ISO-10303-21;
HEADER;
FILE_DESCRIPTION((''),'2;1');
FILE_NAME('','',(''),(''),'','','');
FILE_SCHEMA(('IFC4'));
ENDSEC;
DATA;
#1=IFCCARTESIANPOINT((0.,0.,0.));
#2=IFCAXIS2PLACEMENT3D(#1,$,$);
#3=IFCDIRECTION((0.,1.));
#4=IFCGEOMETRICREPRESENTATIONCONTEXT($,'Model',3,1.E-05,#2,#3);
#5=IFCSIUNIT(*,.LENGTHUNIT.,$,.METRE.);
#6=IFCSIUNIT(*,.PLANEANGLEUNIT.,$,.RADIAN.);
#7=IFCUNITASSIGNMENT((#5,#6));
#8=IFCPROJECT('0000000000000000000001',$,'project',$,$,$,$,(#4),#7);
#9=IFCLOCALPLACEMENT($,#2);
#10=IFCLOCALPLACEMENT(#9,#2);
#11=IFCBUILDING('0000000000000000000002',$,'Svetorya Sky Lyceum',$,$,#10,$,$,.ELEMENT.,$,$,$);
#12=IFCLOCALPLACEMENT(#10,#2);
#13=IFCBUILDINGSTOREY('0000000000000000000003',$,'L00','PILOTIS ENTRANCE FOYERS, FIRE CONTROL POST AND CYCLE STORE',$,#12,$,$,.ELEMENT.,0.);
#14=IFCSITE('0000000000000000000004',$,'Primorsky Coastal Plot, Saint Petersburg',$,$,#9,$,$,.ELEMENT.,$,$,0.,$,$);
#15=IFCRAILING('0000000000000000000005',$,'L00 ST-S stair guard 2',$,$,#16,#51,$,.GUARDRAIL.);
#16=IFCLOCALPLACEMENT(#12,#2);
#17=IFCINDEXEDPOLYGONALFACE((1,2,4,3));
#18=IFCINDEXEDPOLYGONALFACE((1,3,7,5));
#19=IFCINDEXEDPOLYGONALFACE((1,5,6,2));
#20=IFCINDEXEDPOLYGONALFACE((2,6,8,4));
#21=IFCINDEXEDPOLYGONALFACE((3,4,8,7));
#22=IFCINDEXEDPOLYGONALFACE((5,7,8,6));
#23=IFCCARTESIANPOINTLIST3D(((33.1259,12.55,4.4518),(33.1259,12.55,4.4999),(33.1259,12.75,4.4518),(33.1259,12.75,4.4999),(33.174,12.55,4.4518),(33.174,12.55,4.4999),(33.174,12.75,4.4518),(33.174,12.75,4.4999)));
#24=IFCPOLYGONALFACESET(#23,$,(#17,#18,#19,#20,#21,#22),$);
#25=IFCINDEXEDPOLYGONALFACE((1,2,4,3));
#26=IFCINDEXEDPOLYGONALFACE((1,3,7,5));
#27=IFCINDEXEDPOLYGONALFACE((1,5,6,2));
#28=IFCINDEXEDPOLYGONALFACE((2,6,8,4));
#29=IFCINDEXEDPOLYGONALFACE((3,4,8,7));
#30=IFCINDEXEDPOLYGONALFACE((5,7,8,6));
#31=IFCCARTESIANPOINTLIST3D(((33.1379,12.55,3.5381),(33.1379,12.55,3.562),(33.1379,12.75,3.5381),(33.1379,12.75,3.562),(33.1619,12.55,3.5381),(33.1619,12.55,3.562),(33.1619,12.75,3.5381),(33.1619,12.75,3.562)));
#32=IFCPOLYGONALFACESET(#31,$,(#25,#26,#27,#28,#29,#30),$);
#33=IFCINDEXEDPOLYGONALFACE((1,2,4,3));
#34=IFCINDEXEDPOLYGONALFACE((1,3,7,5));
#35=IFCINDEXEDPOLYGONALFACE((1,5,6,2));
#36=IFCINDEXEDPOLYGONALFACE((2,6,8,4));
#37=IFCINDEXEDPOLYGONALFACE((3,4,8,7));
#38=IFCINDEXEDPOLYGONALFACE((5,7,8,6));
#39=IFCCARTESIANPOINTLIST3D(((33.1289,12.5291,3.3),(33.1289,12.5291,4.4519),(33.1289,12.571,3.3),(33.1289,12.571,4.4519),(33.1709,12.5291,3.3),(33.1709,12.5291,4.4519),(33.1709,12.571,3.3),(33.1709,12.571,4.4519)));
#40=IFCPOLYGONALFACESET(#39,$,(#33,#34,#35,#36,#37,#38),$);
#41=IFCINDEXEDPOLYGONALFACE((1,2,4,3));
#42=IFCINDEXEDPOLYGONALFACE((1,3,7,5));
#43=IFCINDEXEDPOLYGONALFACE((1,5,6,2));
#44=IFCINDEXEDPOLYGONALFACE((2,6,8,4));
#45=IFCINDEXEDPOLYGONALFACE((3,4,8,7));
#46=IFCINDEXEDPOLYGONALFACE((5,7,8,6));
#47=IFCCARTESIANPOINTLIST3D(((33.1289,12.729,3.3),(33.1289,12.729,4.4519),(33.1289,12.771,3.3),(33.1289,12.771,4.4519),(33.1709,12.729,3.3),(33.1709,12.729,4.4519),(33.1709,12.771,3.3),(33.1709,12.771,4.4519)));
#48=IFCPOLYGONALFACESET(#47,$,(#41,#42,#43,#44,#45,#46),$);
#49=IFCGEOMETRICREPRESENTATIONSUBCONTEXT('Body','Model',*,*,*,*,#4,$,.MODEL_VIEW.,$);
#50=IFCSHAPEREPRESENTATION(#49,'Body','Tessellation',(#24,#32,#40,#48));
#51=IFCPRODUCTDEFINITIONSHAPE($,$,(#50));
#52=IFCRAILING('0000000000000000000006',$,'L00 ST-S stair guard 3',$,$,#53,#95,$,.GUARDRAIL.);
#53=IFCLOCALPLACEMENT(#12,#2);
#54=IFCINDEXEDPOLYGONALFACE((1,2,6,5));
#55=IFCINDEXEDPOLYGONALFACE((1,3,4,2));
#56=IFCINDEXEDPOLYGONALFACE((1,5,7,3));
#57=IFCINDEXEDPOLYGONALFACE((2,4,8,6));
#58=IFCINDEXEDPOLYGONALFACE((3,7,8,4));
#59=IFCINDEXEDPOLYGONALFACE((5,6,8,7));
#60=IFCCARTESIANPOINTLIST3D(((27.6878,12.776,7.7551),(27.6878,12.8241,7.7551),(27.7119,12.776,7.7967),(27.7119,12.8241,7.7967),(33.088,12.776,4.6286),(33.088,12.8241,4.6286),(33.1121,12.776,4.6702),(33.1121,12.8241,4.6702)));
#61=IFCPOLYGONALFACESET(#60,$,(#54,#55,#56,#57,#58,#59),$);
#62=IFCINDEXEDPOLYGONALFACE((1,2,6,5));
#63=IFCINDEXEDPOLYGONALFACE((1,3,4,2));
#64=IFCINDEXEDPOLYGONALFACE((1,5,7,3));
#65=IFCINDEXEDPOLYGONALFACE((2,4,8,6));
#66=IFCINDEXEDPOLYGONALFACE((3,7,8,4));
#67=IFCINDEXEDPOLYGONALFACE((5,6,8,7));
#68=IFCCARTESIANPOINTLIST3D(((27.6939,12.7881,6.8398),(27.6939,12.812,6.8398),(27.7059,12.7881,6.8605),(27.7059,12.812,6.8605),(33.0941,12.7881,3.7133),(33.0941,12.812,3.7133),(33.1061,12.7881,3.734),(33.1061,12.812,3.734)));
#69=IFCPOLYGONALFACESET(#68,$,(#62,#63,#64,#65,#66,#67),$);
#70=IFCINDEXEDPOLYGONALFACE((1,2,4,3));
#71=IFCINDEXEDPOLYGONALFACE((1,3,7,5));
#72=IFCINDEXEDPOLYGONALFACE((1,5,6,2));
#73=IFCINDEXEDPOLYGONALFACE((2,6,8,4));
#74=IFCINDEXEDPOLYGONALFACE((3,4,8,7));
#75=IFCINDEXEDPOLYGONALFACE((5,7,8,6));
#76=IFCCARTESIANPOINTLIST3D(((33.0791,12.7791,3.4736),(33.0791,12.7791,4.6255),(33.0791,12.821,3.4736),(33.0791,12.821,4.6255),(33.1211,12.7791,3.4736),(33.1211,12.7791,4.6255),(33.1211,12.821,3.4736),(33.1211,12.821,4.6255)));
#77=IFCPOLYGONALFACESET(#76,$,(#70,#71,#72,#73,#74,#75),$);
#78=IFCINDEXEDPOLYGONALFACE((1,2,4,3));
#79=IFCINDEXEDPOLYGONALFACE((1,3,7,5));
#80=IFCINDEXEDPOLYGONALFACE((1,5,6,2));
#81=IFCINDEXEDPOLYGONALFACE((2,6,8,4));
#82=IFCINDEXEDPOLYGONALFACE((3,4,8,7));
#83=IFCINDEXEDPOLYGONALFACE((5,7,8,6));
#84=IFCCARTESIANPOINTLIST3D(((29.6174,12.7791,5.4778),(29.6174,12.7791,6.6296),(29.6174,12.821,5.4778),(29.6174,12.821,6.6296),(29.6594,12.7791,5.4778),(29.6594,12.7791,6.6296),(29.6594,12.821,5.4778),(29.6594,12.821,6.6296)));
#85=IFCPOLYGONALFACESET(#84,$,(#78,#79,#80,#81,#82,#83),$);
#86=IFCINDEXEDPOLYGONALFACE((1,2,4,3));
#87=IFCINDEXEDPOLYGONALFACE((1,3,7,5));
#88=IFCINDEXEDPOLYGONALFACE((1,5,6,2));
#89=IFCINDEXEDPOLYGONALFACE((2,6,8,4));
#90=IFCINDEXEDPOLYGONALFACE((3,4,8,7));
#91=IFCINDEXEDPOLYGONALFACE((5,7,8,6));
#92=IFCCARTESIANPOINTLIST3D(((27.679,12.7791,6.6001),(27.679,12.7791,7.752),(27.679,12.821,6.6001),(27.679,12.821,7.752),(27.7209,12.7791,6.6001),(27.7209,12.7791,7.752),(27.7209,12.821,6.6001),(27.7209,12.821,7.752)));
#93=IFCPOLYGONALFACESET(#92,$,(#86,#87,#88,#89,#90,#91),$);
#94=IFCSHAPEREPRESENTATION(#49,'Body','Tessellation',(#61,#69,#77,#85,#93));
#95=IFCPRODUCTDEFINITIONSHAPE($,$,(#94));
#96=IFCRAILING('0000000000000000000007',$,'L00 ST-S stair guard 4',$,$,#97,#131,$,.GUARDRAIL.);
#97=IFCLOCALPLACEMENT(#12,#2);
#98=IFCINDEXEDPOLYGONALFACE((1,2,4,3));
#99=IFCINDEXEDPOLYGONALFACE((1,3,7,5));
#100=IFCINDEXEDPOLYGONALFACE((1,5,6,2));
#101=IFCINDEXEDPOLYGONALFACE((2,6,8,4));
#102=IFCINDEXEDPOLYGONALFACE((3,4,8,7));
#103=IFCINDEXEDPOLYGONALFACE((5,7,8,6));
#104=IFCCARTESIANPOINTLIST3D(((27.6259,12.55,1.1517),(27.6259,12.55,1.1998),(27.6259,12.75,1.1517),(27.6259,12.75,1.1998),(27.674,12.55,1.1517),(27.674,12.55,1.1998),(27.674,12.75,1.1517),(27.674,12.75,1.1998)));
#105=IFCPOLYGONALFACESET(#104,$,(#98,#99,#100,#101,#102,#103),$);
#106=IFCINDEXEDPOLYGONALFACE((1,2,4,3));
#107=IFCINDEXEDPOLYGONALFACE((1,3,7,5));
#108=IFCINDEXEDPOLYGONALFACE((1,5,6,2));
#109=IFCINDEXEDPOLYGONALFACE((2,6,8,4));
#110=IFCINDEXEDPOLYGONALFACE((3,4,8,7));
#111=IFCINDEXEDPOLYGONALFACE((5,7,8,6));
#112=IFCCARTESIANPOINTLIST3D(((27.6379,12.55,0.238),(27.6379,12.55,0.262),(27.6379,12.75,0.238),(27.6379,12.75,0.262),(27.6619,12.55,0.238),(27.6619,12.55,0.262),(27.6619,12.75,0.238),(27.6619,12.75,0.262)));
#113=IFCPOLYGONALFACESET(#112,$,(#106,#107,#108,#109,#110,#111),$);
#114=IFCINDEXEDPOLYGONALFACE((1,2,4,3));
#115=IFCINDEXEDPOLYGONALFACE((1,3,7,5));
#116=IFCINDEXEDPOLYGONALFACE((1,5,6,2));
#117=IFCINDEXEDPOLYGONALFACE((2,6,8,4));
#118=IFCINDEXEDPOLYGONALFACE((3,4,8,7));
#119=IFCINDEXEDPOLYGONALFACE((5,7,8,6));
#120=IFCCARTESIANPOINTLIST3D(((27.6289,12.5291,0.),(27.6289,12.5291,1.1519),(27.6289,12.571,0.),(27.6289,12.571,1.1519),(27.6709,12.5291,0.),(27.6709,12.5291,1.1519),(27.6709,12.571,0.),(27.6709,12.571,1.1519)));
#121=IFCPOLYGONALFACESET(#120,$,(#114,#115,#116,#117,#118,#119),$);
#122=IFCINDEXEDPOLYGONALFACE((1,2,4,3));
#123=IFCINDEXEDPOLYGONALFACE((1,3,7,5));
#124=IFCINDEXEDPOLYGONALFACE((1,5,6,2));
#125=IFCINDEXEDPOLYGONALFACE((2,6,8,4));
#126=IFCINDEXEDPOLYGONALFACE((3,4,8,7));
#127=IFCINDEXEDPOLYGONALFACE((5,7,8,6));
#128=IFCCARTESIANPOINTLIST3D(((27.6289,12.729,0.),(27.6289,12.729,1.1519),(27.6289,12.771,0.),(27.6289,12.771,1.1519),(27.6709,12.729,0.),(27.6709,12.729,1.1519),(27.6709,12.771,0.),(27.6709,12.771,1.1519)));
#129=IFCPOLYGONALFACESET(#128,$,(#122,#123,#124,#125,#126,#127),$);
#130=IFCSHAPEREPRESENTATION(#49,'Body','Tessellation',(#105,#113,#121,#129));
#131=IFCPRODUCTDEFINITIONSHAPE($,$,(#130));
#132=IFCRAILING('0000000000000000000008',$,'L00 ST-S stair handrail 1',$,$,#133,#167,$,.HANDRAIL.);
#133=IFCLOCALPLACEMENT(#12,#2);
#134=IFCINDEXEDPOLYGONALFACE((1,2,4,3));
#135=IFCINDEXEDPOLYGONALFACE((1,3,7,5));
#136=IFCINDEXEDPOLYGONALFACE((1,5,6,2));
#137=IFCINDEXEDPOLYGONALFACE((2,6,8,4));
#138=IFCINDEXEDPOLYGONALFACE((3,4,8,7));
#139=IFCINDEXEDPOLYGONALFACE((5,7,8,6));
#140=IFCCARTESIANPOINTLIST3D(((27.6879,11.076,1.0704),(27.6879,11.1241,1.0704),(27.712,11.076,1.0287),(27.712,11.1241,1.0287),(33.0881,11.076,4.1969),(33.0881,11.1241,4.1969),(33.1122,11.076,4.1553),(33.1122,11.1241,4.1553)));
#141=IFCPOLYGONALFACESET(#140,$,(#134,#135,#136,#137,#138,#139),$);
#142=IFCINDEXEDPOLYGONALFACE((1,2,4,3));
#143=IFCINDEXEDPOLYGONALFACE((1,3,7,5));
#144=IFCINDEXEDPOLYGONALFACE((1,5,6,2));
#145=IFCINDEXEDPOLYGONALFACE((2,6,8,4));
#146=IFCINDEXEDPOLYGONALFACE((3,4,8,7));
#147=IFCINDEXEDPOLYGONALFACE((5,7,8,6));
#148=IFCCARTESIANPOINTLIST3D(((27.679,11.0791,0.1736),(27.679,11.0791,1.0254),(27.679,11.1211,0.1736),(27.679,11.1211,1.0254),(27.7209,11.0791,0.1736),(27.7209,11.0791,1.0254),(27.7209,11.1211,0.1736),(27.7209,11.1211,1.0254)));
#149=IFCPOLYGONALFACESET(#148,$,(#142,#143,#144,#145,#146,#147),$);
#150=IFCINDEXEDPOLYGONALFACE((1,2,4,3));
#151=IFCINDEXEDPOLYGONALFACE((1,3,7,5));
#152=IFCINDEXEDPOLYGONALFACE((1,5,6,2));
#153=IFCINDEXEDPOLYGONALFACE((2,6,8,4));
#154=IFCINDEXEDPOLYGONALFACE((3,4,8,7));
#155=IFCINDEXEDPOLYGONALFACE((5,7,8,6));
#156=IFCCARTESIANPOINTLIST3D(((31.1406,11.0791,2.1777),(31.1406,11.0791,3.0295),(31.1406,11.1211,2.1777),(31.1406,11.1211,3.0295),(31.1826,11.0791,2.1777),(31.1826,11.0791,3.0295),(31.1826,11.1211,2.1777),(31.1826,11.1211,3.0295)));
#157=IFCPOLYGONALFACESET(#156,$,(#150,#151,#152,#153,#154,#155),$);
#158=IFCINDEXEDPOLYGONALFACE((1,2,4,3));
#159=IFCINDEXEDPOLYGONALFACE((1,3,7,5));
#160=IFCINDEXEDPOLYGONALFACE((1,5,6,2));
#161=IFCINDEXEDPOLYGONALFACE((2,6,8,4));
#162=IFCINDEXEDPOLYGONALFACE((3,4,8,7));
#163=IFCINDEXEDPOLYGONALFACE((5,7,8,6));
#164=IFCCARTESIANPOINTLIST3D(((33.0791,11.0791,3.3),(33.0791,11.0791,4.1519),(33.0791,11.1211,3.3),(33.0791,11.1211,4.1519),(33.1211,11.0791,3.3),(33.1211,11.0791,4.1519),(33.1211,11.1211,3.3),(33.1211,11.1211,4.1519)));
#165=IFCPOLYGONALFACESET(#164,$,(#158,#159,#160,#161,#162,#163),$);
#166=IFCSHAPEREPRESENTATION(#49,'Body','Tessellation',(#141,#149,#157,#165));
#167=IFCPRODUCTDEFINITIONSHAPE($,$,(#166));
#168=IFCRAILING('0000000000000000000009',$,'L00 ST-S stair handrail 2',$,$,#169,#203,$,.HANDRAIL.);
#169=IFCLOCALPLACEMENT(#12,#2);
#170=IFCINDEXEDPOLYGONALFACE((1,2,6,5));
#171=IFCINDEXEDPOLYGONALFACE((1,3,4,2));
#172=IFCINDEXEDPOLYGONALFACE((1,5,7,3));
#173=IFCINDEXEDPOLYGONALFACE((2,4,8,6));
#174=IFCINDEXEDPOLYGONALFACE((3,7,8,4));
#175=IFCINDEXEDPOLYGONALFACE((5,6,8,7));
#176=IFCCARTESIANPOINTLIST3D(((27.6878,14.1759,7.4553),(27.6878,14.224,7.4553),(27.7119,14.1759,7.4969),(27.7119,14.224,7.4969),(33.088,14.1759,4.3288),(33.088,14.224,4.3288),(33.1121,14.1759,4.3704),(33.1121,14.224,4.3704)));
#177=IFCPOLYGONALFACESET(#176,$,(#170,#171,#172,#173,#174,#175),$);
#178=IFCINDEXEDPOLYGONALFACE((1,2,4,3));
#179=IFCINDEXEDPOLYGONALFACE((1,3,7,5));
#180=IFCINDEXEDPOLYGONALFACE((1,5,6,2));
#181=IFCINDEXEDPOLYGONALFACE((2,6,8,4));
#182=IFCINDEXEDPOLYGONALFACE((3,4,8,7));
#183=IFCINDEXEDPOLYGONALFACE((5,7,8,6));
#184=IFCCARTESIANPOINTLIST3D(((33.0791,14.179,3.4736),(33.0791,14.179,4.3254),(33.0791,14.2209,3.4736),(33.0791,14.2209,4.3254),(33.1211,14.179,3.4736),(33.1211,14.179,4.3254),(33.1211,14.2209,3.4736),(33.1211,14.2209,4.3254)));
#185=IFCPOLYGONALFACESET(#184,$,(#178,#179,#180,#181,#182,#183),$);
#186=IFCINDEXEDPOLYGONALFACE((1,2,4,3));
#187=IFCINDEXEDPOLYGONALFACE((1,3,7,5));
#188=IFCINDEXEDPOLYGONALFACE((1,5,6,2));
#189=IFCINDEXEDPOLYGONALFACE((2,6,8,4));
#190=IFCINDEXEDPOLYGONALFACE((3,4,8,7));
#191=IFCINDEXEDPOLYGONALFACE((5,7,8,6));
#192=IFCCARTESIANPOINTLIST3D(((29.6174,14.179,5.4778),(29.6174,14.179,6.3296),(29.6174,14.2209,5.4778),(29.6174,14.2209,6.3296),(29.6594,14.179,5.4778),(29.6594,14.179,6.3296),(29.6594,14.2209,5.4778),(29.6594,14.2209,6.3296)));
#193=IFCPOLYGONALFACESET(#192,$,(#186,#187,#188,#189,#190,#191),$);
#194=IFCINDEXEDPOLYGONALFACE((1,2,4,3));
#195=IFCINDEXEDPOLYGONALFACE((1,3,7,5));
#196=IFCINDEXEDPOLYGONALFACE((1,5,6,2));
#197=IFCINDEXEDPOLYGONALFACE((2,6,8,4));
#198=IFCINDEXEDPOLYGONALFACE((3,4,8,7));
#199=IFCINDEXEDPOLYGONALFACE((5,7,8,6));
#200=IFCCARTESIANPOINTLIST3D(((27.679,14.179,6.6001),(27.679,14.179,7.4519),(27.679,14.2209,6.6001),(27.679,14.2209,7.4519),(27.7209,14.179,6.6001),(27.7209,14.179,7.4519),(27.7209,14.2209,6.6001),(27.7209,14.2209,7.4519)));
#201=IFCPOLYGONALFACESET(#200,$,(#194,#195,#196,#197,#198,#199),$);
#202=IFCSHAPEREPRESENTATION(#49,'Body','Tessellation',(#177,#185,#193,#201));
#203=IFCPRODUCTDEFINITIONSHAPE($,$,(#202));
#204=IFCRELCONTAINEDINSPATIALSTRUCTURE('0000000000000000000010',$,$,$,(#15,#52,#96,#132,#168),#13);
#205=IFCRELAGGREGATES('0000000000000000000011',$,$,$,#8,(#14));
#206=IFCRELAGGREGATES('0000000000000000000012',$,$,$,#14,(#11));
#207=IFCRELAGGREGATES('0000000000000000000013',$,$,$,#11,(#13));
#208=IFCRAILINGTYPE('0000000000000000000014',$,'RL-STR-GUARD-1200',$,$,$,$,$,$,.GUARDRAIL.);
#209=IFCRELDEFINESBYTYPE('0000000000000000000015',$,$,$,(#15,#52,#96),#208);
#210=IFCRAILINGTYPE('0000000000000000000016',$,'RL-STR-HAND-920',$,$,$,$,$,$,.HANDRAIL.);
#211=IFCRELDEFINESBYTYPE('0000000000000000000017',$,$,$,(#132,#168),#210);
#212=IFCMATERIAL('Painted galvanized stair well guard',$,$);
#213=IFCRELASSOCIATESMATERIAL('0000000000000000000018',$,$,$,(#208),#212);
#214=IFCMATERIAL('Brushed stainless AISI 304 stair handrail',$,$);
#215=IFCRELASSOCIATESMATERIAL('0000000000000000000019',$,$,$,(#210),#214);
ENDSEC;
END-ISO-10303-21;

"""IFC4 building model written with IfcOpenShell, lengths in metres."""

from ifc_helpers import new_model, si_unit, direction, frame, origin, origin_2d, place, context, subcontext, project, spatial, rectangle, extrude, material, type_object, element, save


model = new_model("IFC4")

# Units and contexts
model_context = context("Model", 3, precision=1e-05, world=origin(), true_north=direction((0.0, 1.0)))
body_context = subcontext(model_context, "Body", "Model", "MODEL_VIEW")
ifc_project = project(units=[si_unit("LENGTHUNIT", "METRE"), si_unit("PLANEANGLEUNIT", "RADIAN")], contexts=[model_context])

# Site, building, storey
site_placement = place(None, origin())
site = spatial("IfcSite", under=ifc_project, at=site_placement, Name="Primorsky Coastal Plot, Saint Petersburg", CompositionType="ELEMENT", RefElevation=0.0)
building_placement = place(site_placement, origin())
building = spatial("IfcBuilding", under=site, at=building_placement, Name="Svetorya Sky Lyceum", CompositionType="ELEMENT")
storey_placement = place(building_placement, origin())
storey = spatial("IfcBuildingStorey", under=building, at=storey_placement, Name="L00", Description="PILOTIS ENTRANCE FOYERS, FIRE CONTROL POST AND CYCLE STORE", CompositionType="ELEMENT", Elevation=0.0)

# Railings
ifc_material_1 = material(Name="Painted galvanized stair well guard")
railing_type_1 = type_object("IfcRailingType", Name="RL-STR-GUARD-1200", PredefinedType="GUARDRAIL", material=ifc_material_1)
railing_1_placement = place(storey_placement, frame((33.1499, 12.55, 3.3)))
element("IfcRailing", 1, at=railing_1_placement, inside=storey, type_object=railing_type_1, Name="L00 ST-S stair guard 2", PredefinedType="GUARDRAIL", context=body_context, shape_type="SweptSolid", body=[
    extrude(rectangle(XDim=0.0481, YDim=0.0481, at=origin_2d()), frame((0.0, 0.0, 1.1758), z_axis=(0.0, 1.0, 0.0), x_axis=(-1.0, 0.0, 0.0)), (0.0, 0.0, 1.0), 0.2),
    extrude(rectangle(XDim=0.0239, YDim=0.0239, at=origin_2d()), frame((0.0, 0.0, 0.25), z_axis=(0.0, 1.0, 0.0), x_axis=(-1.0, 0.0, 0.0)), (0.0, 0.0, 1.0), 0.2),
    extrude(rectangle(XDim=0.042, YDim=0.042, at=origin_2d()), origin(), (0.0, 0.0, 1.0), 1.1519),
    extrude(rectangle(XDim=0.042, YDim=0.042, at=origin_2d()), frame((0.0, 0.2, 0.0)), (0.0, 0.0, 1.0), 1.1519),
])
railing_2_placement = place(storey_placement, frame((33.1001, 12.8, 3.4736)))
element("IfcRailing", 2, at=railing_2_placement, inside=storey, type_object=railing_type_1, Name="L00 ST-S stair guard 3", PredefinedType="GUARDRAIL", context=body_context, shape_type="SweptSolid", body=[
    extrude(rectangle(XDim=0.0481, YDim=0.0481, at=origin_2d()), frame((0.0, 0.0, 1.1758), z_axis=(-0.865422, 0.0, 0.501044), x_axis=(0.0, -1.0, 0.0)), (0.0, 0.0, 1.0), 6.24),
    extrude(rectangle(XDim=0.0239, YDim=0.0239, at=origin_2d()), frame((0.0, 0.0, 0.25), z_axis=(-0.865422, 0.0, 0.501044), x_axis=(0.0, -1.0, 0.0)), (0.0, 0.0, 1.0), 6.24),
    extrude(rectangle(XDim=0.042, YDim=0.042, at=origin_2d()), origin(), (0.0, 0.0, 1.0), 1.1519),
    extrude(rectangle(XDim=0.042, YDim=0.042, at=origin_2d()), frame((-3.4617, 0.0, 2.0042)), (0.0, 0.0, 1.0), 1.1519),
    extrude(rectangle(XDim=0.042, YDim=0.042, at=origin_2d()), frame((-5.4001, 0.0, 3.1265)), (0.0, 0.0, 1.0), 1.1519),
])
railing_3_placement = place(storey_placement, frame((27.6499, 12.55, 0.0)))
element("IfcRailing", 3, at=railing_3_placement, inside=storey, type_object=railing_type_1, Name="L00 ST-S stair guard 4", PredefinedType="GUARDRAIL", context=body_context, shape_type="SweptSolid", body=[
    extrude(rectangle(XDim=0.0481, YDim=0.0481, at=origin_2d()), frame((0.0, 0.0, 1.1758), z_axis=(0.0, 1.0, 0.0), x_axis=(-1.0, 0.0, 0.0)), (0.0, 0.0, 1.0), 0.2),
    extrude(rectangle(XDim=0.0239, YDim=0.0239, at=origin_2d()), frame((0.0, 0.0, 0.25), z_axis=(0.0, 1.0, 0.0), x_axis=(-1.0, 0.0, 0.0)), (0.0, 0.0, 1.0), 0.2),
    extrude(rectangle(XDim=0.042, YDim=0.042, at=origin_2d()), origin(), (0.0, 0.0, 1.0), 1.1519),
    extrude(rectangle(XDim=0.042, YDim=0.042, at=origin_2d()), frame((0.0, 0.2, 0.0)), (0.0, 0.0, 1.0), 1.1519),
])
ifc_material_2 = material(Name="Brushed stainless AISI 304 stair handrail")
railing_type_2 = type_object("IfcRailingType", Name="RL-STR-HAND-920", PredefinedType="HANDRAIL", material=ifc_material_2)
railing_4_placement = place(storey_placement, frame((27.7, 11.1001, 0.1736)))
element("IfcRailing", 4, at=railing_4_placement, inside=storey, type_object=railing_type_2, Name="L00 ST-S stair handrail 1", PredefinedType="HANDRAIL", context=body_context, shape_type="SweptSolid", body=[
    extrude(rectangle(XDim=0.0481, YDim=0.0481, at=origin_2d()), frame((0.0, 0.0, 0.876), z_axis=(0.865422, 0.0, 0.501044), x_axis=(0.0, 1.0, 0.0)), (0.0, 0.0, 1.0), 6.24),
    extrude(rectangle(XDim=0.042, YDim=0.042, at=origin_2d()), origin(), (0.0, 0.0, 1.0), 0.8518),
    extrude(rectangle(XDim=0.042, YDim=0.042, at=origin_2d()), frame((3.4617, 0.0, 2.0042)), (0.0, 0.0, 1.0), 0.8518),
    extrude(rectangle(XDim=0.042, YDim=0.042, at=origin_2d()), frame((5.4001, 0.0, 3.1265)), (0.0, 0.0, 1.0), 0.8518),
])
railing_5_placement = place(storey_placement, frame((33.1001, 14.2, 3.4736)))
element("IfcRailing", 5, at=railing_5_placement, inside=storey, type_object=railing_type_2, Name="L00 ST-S stair handrail 2", PredefinedType="HANDRAIL", context=body_context, shape_type="SweptSolid", body=[
    extrude(rectangle(XDim=0.0481, YDim=0.0481, at=origin_2d()), frame((0.0, 0.0, 0.876), z_axis=(-0.865422, 0.0, 0.501044), x_axis=(0.0, -1.0, 0.0)), (0.0, 0.0, 1.0), 6.24),
    extrude(rectangle(XDim=0.042, YDim=0.042, at=origin_2d()), origin(), (0.0, 0.0, 1.0), 0.8518),
    extrude(rectangle(XDim=0.042, YDim=0.042, at=origin_2d()), frame((-3.4617, 0.0, 2.0042)), (0.0, 0.0, 1.0), 0.8518),
    extrude(rectangle(XDim=0.042, YDim=0.042, at=origin_2d()), frame((-5.4001, 0.0, 3.1265)), (0.0, 0.0, 1.0), 0.8518),
])

save(model, "model.ifc")
